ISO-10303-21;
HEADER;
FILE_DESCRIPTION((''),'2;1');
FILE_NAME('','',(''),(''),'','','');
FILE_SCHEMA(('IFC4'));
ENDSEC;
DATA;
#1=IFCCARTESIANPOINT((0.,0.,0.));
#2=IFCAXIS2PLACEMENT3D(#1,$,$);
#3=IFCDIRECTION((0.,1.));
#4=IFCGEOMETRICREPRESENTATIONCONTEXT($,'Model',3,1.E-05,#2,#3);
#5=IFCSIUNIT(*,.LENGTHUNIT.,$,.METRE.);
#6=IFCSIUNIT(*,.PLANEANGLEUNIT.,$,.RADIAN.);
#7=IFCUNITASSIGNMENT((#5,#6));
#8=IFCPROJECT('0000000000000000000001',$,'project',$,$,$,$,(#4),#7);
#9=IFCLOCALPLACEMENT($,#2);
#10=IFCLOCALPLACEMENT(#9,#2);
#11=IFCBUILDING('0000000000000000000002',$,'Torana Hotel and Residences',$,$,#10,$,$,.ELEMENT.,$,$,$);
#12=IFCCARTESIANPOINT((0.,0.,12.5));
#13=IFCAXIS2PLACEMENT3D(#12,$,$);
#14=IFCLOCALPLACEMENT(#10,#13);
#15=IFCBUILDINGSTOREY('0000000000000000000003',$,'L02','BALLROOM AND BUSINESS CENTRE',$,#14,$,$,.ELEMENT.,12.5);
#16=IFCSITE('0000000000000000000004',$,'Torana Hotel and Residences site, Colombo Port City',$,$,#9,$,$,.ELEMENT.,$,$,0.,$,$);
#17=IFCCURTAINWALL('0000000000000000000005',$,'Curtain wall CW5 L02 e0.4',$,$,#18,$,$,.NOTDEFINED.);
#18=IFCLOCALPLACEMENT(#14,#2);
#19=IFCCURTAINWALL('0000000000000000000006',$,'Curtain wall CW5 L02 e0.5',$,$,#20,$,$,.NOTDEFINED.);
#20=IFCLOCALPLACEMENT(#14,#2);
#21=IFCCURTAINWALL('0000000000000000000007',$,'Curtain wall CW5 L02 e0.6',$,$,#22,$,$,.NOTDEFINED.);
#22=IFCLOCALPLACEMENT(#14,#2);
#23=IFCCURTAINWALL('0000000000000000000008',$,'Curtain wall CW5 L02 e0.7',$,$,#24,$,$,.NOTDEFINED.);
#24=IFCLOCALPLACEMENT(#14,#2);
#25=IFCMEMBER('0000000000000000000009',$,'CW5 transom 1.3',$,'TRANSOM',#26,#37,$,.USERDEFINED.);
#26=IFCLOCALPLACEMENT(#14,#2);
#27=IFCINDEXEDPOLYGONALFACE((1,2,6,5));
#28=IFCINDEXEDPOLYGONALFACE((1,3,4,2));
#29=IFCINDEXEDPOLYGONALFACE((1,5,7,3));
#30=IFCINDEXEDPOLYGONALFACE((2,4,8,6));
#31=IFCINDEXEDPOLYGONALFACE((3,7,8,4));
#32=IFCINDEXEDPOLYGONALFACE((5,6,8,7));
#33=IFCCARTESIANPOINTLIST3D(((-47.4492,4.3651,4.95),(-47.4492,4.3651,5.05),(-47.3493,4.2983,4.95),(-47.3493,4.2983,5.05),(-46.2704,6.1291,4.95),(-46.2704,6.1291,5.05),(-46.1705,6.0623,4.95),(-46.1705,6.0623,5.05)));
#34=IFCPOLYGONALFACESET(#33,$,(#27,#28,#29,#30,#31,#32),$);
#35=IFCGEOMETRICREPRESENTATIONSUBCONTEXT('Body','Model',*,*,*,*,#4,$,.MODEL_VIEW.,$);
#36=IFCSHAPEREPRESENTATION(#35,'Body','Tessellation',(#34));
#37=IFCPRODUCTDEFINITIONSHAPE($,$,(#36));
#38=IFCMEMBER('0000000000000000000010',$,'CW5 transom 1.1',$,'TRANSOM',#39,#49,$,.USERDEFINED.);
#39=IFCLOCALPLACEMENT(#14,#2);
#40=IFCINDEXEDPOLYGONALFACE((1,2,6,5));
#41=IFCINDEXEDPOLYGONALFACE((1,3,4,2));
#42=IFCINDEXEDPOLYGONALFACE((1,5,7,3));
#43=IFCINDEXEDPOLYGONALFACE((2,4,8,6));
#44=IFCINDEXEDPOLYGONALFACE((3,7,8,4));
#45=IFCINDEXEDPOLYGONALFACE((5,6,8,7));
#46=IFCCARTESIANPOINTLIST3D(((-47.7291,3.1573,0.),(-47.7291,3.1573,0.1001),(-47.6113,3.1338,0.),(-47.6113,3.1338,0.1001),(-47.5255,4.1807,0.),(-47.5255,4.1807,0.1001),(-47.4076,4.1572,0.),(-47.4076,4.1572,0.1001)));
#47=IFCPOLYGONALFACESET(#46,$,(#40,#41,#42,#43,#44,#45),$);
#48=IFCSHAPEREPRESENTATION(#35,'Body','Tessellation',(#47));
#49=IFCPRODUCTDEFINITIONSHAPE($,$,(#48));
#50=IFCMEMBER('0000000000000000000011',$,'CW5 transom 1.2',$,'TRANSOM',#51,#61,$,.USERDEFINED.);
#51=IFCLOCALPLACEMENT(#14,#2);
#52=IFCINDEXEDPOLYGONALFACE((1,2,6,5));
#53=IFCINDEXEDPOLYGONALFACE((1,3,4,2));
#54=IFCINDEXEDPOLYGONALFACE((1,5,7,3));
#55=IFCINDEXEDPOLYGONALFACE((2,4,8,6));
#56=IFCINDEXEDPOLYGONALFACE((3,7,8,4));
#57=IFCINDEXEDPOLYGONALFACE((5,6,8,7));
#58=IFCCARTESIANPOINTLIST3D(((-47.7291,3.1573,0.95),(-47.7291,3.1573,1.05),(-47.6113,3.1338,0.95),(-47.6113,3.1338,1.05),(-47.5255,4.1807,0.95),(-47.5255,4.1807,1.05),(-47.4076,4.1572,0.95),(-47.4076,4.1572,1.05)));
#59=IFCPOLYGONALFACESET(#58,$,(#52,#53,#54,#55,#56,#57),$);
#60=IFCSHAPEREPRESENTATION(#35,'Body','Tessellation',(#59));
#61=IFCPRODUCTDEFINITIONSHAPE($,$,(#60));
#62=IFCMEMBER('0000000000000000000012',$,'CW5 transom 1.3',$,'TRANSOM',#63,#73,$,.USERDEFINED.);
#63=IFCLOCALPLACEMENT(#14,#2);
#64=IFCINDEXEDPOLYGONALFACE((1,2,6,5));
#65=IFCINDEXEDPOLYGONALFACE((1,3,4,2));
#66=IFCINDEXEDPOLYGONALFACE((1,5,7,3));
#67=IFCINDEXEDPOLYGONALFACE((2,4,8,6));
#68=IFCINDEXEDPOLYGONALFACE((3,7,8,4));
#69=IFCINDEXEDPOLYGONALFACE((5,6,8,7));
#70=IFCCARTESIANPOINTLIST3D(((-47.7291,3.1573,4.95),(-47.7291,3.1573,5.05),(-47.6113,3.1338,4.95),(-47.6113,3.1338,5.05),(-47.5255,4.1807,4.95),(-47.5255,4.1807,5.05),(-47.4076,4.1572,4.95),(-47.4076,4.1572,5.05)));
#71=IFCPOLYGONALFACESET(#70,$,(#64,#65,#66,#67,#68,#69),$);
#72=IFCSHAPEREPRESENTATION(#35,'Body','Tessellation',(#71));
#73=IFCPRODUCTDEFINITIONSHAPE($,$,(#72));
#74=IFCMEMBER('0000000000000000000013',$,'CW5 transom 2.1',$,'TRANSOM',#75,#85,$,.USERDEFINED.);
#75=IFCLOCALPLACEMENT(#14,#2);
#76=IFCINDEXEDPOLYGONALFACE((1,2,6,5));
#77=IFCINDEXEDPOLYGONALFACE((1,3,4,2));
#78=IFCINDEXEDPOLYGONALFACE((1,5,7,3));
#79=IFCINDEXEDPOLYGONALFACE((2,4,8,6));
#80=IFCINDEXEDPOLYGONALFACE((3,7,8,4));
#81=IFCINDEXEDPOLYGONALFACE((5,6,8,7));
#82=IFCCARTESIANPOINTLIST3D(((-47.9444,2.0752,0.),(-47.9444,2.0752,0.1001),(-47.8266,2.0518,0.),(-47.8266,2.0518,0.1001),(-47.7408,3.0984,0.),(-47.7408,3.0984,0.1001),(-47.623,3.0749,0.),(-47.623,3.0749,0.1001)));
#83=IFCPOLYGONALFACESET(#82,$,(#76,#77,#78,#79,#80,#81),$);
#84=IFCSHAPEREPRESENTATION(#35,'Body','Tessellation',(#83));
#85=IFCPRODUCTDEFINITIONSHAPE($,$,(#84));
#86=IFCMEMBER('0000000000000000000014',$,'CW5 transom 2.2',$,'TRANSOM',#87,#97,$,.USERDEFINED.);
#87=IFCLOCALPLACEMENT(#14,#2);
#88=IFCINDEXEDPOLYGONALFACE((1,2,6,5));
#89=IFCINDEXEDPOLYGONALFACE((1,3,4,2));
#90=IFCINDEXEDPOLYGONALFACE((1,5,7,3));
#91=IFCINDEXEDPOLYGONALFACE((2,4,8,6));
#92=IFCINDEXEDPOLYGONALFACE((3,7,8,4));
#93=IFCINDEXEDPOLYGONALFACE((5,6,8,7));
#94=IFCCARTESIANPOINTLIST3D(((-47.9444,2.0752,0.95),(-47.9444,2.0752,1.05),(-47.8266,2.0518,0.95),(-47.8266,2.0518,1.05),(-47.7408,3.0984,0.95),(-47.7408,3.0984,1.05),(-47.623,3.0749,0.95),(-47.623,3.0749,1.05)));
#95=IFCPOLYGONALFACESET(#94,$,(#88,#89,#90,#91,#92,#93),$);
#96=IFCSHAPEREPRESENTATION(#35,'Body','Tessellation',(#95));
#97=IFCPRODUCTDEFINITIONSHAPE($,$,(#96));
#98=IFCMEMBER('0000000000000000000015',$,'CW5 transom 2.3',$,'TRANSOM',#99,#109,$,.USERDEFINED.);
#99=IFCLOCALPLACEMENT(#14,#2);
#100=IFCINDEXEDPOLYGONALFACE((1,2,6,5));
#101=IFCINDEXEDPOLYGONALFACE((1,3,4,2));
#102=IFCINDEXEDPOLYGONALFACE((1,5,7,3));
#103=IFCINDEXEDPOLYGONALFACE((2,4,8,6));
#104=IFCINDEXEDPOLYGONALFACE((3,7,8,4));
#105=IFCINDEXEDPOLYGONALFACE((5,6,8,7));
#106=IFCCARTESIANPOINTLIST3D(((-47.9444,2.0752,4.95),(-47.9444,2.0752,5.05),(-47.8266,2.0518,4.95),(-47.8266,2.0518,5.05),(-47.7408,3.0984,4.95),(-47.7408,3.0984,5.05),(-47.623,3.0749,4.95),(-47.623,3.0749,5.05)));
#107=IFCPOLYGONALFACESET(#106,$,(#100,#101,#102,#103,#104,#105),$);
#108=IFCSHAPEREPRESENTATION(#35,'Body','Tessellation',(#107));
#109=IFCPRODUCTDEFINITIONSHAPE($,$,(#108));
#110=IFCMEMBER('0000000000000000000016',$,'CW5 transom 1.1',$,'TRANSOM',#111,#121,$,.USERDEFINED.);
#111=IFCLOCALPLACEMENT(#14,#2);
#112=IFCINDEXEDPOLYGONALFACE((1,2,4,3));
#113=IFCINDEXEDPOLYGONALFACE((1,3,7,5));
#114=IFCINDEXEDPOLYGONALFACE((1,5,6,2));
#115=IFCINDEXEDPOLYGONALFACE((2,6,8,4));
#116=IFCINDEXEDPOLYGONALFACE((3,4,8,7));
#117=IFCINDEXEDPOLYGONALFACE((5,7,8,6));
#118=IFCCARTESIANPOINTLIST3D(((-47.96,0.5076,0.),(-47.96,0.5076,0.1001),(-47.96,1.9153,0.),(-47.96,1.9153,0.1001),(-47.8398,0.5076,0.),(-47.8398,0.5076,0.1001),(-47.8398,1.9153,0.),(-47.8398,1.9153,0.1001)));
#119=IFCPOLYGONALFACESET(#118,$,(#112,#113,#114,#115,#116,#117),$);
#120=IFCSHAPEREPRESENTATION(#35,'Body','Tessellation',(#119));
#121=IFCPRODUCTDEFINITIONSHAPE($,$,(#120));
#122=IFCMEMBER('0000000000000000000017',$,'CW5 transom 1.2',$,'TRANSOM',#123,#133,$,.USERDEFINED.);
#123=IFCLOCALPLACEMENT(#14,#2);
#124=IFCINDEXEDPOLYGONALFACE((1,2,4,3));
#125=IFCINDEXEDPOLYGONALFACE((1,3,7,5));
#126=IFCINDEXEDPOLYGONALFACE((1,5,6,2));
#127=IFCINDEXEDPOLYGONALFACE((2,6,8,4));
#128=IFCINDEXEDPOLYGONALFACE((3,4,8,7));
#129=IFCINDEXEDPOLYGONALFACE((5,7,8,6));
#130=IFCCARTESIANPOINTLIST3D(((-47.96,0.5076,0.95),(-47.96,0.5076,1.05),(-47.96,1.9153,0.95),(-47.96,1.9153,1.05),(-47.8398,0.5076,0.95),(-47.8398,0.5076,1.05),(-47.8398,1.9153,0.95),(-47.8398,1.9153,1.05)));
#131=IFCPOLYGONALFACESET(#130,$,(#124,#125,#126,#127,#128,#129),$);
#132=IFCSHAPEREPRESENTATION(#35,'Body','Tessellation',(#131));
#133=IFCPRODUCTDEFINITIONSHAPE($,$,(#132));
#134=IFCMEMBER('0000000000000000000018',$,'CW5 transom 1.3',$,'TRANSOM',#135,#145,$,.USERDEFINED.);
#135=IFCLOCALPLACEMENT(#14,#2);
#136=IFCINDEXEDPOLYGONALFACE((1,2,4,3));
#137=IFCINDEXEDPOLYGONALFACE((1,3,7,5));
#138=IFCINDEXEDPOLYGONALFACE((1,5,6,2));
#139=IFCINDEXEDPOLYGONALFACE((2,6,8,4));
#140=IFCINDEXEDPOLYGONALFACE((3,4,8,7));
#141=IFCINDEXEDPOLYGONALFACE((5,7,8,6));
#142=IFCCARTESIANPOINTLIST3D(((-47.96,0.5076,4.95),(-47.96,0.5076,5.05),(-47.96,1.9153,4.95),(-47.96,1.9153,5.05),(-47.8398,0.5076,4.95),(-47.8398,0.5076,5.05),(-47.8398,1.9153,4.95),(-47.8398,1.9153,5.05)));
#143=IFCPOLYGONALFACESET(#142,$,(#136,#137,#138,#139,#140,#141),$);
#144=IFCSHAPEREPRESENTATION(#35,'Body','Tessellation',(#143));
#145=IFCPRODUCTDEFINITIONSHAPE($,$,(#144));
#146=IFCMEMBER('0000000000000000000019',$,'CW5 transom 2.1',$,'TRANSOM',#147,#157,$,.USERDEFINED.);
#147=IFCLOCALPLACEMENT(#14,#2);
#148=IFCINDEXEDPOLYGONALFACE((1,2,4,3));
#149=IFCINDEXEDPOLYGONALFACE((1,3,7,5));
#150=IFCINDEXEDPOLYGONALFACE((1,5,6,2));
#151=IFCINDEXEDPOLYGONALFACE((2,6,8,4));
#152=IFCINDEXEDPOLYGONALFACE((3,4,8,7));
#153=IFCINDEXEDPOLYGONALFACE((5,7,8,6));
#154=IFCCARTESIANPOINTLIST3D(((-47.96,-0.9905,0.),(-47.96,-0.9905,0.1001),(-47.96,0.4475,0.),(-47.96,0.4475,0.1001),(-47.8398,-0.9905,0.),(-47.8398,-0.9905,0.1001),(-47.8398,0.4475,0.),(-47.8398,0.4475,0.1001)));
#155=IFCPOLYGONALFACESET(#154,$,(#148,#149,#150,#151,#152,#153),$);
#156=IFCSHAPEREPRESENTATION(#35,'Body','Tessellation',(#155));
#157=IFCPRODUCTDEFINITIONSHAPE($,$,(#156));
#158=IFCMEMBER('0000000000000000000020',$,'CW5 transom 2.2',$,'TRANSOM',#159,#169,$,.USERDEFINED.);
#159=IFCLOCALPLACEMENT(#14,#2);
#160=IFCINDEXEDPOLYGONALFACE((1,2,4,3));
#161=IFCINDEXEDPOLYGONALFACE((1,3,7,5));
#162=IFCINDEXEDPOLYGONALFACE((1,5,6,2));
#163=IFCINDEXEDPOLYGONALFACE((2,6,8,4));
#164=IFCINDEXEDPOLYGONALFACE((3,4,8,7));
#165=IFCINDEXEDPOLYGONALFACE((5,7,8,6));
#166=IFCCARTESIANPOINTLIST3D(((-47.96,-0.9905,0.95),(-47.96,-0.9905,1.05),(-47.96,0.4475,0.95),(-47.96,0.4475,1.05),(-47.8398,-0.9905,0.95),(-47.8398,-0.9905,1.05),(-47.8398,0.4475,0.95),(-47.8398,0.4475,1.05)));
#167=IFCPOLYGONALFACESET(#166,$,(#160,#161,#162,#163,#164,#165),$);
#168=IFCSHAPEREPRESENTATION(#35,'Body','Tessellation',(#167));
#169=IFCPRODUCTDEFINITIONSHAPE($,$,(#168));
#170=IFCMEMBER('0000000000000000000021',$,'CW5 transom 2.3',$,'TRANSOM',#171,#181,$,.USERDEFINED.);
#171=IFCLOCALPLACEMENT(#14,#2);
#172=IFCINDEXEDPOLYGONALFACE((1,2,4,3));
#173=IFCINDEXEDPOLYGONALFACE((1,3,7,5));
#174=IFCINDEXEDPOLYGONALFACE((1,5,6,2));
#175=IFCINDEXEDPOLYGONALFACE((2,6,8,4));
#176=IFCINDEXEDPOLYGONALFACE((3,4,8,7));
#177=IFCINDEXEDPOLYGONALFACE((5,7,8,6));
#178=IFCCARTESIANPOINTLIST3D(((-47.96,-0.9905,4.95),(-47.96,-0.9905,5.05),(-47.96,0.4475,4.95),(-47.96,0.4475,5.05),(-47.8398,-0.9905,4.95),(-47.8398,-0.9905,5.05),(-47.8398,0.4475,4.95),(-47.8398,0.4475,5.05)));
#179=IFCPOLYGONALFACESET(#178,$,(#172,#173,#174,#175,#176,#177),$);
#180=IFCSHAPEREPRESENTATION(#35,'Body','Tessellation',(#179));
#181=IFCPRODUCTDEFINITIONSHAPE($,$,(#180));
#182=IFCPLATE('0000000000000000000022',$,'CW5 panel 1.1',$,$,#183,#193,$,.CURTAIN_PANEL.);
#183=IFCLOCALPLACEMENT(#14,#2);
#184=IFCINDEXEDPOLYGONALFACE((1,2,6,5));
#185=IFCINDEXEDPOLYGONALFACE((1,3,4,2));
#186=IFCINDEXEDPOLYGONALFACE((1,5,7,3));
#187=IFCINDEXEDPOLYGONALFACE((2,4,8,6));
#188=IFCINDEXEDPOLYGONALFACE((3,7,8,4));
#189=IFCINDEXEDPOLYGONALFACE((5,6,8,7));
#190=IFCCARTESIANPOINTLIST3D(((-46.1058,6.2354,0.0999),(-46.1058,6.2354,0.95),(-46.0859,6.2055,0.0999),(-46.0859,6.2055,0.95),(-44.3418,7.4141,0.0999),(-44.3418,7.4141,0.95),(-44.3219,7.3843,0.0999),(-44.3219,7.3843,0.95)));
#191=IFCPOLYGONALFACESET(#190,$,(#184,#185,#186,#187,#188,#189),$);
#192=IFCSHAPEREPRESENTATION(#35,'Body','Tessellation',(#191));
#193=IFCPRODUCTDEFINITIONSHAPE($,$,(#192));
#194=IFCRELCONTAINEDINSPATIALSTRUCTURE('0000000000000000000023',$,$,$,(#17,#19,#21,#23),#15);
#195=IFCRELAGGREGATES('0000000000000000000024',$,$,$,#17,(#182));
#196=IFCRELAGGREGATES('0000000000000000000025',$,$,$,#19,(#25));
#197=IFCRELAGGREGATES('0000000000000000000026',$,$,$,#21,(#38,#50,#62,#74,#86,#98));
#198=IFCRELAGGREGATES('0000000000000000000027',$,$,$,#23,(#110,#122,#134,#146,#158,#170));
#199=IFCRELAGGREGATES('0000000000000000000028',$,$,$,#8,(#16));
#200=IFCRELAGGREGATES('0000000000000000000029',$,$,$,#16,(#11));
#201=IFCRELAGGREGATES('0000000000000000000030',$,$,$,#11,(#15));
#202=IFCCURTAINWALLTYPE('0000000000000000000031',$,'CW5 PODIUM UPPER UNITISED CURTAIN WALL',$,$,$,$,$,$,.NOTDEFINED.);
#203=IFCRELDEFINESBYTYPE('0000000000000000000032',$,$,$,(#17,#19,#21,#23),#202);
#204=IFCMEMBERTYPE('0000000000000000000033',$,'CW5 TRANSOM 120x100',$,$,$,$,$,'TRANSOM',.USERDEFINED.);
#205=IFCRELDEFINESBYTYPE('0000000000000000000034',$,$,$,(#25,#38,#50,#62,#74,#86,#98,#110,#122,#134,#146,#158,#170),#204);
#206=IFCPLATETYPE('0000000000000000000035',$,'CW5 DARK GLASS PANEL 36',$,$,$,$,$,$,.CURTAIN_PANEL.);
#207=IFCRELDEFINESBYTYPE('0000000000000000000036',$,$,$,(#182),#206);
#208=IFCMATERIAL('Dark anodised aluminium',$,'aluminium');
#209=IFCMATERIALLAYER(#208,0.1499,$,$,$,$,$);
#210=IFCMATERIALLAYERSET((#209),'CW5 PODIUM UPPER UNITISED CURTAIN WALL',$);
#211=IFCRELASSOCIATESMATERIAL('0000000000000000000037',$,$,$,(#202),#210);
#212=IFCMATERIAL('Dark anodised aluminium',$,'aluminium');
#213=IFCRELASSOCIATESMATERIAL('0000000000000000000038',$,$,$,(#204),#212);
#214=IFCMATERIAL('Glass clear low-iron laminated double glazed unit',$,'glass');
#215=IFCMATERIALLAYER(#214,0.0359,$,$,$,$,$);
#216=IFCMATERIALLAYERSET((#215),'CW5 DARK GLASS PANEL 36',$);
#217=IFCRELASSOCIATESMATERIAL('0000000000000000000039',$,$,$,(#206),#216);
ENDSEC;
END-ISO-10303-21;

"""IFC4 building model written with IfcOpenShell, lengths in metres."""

from ifc_helpers import new_model, si_unit, direction, frame, origin, origin_2d, place, context, subcontext, project, spatial, rectangle, extrude, material, layer, layer_set, material_profile, profile_set, type_object, element, aggregate, save


model = new_model("IFC4")

# Units and contexts
model_context = context("Model", 3, precision=1e-05, world=origin(), true_north=direction((0.0, 1.0)))
body_context = subcontext(model_context, "Body", "Model", "MODEL_VIEW")
ifc_project = project(units=[si_unit("LENGTHUNIT", "METRE"), si_unit("PLANEANGLEUNIT", "RADIAN")], contexts=[model_context])

# Site, building, storey
site_placement = place(None, origin())
site = spatial("IfcSite", under=ifc_project, at=site_placement, Name="Torana Hotel and Residences site, Colombo Port City", CompositionType="ELEMENT", RefElevation=0.0)
building_placement = place(site_placement, origin())
building = spatial("IfcBuilding", under=site, at=building_placement, Name="Torana Hotel and Residences", CompositionType="ELEMENT")
storey_placement = place(building_placement, frame((0.0, 0.0, 12.5)))
storey = spatial("IfcBuildingStorey", under=building, at=storey_placement, Name="L02", Description="BALLROOM AND BUSINESS CENTRE", CompositionType="ELEMENT", Elevation=12.5)

# Curtain wall
ifc_material_1 = material(Name="Dark anodised aluminium", Category="aluminium")
ifc_layer_1 = layer(ifc_material_1, 0.1499)
ifc_layer_set_1 = layer_set([ifc_layer_1], Name="CW5 PODIUM UPPER UNITISED CURTAIN WALL")
curtain_wall_type = type_object("IfcCurtainWallType", Name="CW5 PODIUM UPPER UNITISED CURTAIN WALL", PredefinedType="NOTDEFINED", material=ifc_layer_set_1)
curtain_wall_1_placement = place(storey_placement, origin())
curtain_wall_1 = element("IfcCurtainWall", 1, at=curtain_wall_1_placement, inside=storey, type_object=curtain_wall_type, Name="Curtain wall CW5 L02 e0.4", PredefinedType="NOTDEFINED")

# Curtain walls
curtain_wall_2_placement = place(storey_placement, origin())
curtain_wall_2 = element("IfcCurtainWall", 2, at=curtain_wall_2_placement, inside=storey, type_object=curtain_wall_type, Name="Curtain wall CW5 L02 e0.5", PredefinedType="NOTDEFINED")
curtain_wall_3_placement = place(storey_placement, origin())
curtain_wall_3 = element("IfcCurtainWall", 3, at=curtain_wall_3_placement, inside=storey, type_object=curtain_wall_type, Name="Curtain wall CW5 L02 e0.6", PredefinedType="NOTDEFINED")
curtain_wall_4_placement = place(storey_placement, origin())
curtain_wall_4 = element("IfcCurtainWall", 4, at=curtain_wall_4_placement, inside=storey, type_object=curtain_wall_type, Name="Curtain wall CW5 L02 e0.7", PredefinedType="NOTDEFINED")

# Members
ifc_material_2 = material(Name="Dark anodised aluminium", Category="aluminium")
ifc_material_profile_1 = material_profile(ifc_material_2, rectangle(XDim=0.1201, YDim=0.1001, at=origin_2d()), Name="CW5 TRANSOM 120x100")
ifc_profile_set_1 = profile_set([ifc_material_profile_1], Name="Dark anodised aluminium")
member_type_1 = type_object("IfcMemberType", Name="CW5 TRANSOM 120x100", ElementType="TRANSOM", PredefinedType="USERDEFINED", material=ifc_profile_set_1)
member_1_placement = place(storey_placement, frame((-46.2205, 6.0957, 5.0), z_axis=(-0.555603, -0.831448, 0.0), x_axis=(0.831448, -0.555603, 0.0)))
member_1 = element("IfcMember", 5, at=member_1_placement, type_object=member_type_1, Name="CW5 transom 1.3", ObjectType="TRANSOM", PredefinedType="USERDEFINED", context=body_context, shape_type="SweptSolid", body=[
    extrude(rectangle(XDim=0.1201, YDim=0.1001, at=origin_2d()), origin(), (0.0, 0.0, 1.0), 2.1216),
])
member_2_placement = place(storey_placement, frame((-47.4666, 4.1689, 0.05), z_axis=(-0.195126, -0.980778, 0.0), x_axis=(0.980778, -0.195126, 0.0)))
member_2 = element("IfcMember", 6, at=member_2_placement, type_object=member_type_1, Name="CW5 transom 1.1", ObjectType="TRANSOM", PredefinedType="USERDEFINED", context=body_context, shape_type="SweptSolid", body=[
    extrude(rectangle(XDim=0.1201, YDim=0.1001, at=origin_2d()), origin(), (0.0, 0.0, 1.0), 1.0435),
])
member_3_placement = place(storey_placement, frame((-47.4666, 4.1689, 1.0), z_axis=(-0.195126, -0.980778, 0.0), x_axis=(0.980778, -0.195126, 0.0)))
member_3 = element("IfcMember", 7, at=member_3_placement, type_object=member_type_1, Name="CW5 transom 1.2", ObjectType="TRANSOM", PredefinedType="USERDEFINED", context=body_context, shape_type="SweptSolid", body=[
    extrude(rectangle(XDim=0.1201, YDim=0.1001, at=origin_2d()), origin(), (0.0, 0.0, 1.0), 1.0435),
])
member_4_placement = place(storey_placement, frame((-47.4666, 4.1689, 5.0), z_axis=(-0.195126, -0.980778, 0.0), x_axis=(0.980778, -0.195126, 0.0)))
member_4 = element("IfcMember", 8, at=member_4_placement, type_object=member_type_1, Name="CW5 transom 1.3", ObjectType="TRANSOM", PredefinedType="USERDEFINED", context=body_context, shape_type="SweptSolid", body=[
    extrude(rectangle(XDim=0.1201, YDim=0.1001, at=origin_2d()), origin(), (0.0, 0.0, 1.0), 1.0435),
])
member_5_placement = place(storey_placement, frame((-47.6819, 3.0867, 0.05), z_axis=(-0.195171, -0.980769, 0.0), x_axis=(0.980769, -0.195171, 0.0)))
member_5 = element("IfcMember", 9, at=member_5_placement, type_object=member_type_1, Name="CW5 transom 2.1", ObjectType="TRANSOM", PredefinedType="USERDEFINED", context=body_context, shape_type="SweptSolid", body=[
    extrude(rectangle(XDim=0.1201, YDim=0.1001, at=origin_2d()), origin(), (0.0, 0.0, 1.0), 1.0432),
])
member_6_placement = place(storey_placement, frame((-47.6819, 3.0867, 1.0), z_axis=(-0.195171, -0.980769, 0.0), x_axis=(0.980769, -0.195171, 0.0)))
member_6 = element("IfcMember", 10, at=member_6_placement, type_object=member_type_1, Name="CW5 transom 2.2", ObjectType="TRANSOM", PredefinedType="USERDEFINED", context=body_context, shape_type="SweptSolid", body=[
    extrude(rectangle(XDim=0.1201, YDim=0.1001, at=origin_2d()), origin(), (0.0, 0.0, 1.0), 1.0432),
])
member_7_placement = place(storey_placement, frame((-47.6819, 3.0867, 5.0), z_axis=(-0.195171, -0.980769, 0.0), x_axis=(0.980769, -0.195171, 0.0)))
member_7 = element("IfcMember", 11, at=member_7_placement, type_object=member_type_1, Name="CW5 transom 2.3", ObjectType="TRANSOM", PredefinedType="USERDEFINED", context=body_context, shape_type="SweptSolid", body=[
    extrude(rectangle(XDim=0.1201, YDim=0.1001, at=origin_2d()), origin(), (0.0, 0.0, 1.0), 1.0432),
])
member_8_placement = place(storey_placement, frame((-47.8999, 1.9153, 0.05), z_axis=(0.0, -1.0, 0.0), x_axis=(1.0, 0.0, 0.0)))
member_8 = element("IfcMember", 12, at=member_8_placement, type_object=member_type_1, Name="CW5 transom 1.1", ObjectType="TRANSOM", PredefinedType="USERDEFINED", context=body_context, shape_type="SweptSolid", body=[
    extrude(rectangle(XDim=0.1201, YDim=0.1001, at=origin_2d()), origin(), (0.0, 0.0, 1.0), 1.4077),
])
member_9_placement = place(storey_placement, frame((-47.8999, 1.9153, 1.0), z_axis=(0.0, -1.0, 0.0), x_axis=(1.0, 0.0, 0.0)))
member_9 = element("IfcMember", 13, at=member_9_placement, type_object=member_type_1, Name="CW5 transom 1.2", ObjectType="TRANSOM", PredefinedType="USERDEFINED", context=body_context, shape_type="SweptSolid", body=[
    extrude(rectangle(XDim=0.1201, YDim=0.1001, at=origin_2d()), origin(), (0.0, 0.0, 1.0), 1.4077),
])
member_10_placement = place(storey_placement, frame((-47.8999, 1.9153, 5.0), z_axis=(0.0, -1.0, 0.0), x_axis=(1.0, 0.0, 0.0)))
member_10 = element("IfcMember", 14, at=member_10_placement, type_object=member_type_1, Name="CW5 transom 1.3", ObjectType="TRANSOM", PredefinedType="USERDEFINED", context=body_context, shape_type="SweptSolid", body=[
    extrude(rectangle(XDim=0.1201, YDim=0.1001, at=origin_2d()), origin(), (0.0, 0.0, 1.0), 1.4077),
])
member_11_placement = place(storey_placement, frame((-47.8999, 0.4475, 0.05), z_axis=(0.0, -1.0, 0.0), x_axis=(1.0, 0.0, 0.0)))
member_11 = element("IfcMember", 15, at=member_11_placement, type_object=member_type_1, Name="CW5 transom 2.1", ObjectType="TRANSOM", PredefinedType="USERDEFINED", context=body_context, shape_type="SweptSolid", body=[
    extrude(rectangle(XDim=0.1201, YDim=0.1001, at=origin_2d()), origin(), (0.0, 0.0, 1.0), 1.438),
])
member_12_placement = place(storey_placement, frame((-47.8999, 0.4475, 1.0), z_axis=(0.0, -1.0, 0.0), x_axis=(1.0, 0.0, 0.0)))
member_12 = element("IfcMember", 16, at=member_12_placement, type_object=member_type_1, Name="CW5 transom 2.2", ObjectType="TRANSOM", PredefinedType="USERDEFINED", context=body_context, shape_type="SweptSolid", body=[
    extrude(rectangle(XDim=0.1201, YDim=0.1001, at=origin_2d()), origin(), (0.0, 0.0, 1.0), 1.438),
])
member_13_placement = place(storey_placement, frame((-47.8999, 0.4475, 5.0), z_axis=(0.0, -1.0, 0.0), x_axis=(1.0, 0.0, 0.0)))
member_13 = element("IfcMember", 17, at=member_13_placement, type_object=member_type_1, Name="CW5 transom 2.3", ObjectType="TRANSOM", PredefinedType="USERDEFINED", context=body_context, shape_type="SweptSolid", body=[
    extrude(rectangle(XDim=0.1201, YDim=0.1001, at=origin_2d()), origin(), (0.0, 0.0, 1.0), 1.438),
])

# Plate
ifc_material_3 = material(Name="Glass clear low-iron laminated double glazed unit", Category="glass")
ifc_layer_2 = layer(ifc_material_3, 0.0359)
ifc_layer_set_2 = layer_set([ifc_layer_2], Name="CW5 DARK GLASS PANEL 36")
plate_type = type_object("IfcPlateType", Name="CW5 DARK GLASS PANEL 36", PredefinedType="CURTAIN_PANEL", material=ifc_layer_set_2)
plate_1_placement = place(storey_placement, frame((-45.2139, 6.8098, 0.0999), z_axis=(0.0, 0.0, 1.0), x_axis=(-0.83146, -0.555585, 0.0)))
plate_1 = element("IfcPlate", 18, at=plate_1_placement, type_object=plate_type, Name="CW5 panel 1.1", PredefinedType="CURTAIN_PANEL", context=body_context, shape_type="SweptSolid", body=[
    extrude(rectangle(XDim=2.1216, YDim=0.0359, at=origin_2d()), origin(), (0.0, 0.0, 1.0), 0.8501),
])
aggregate(curtain_wall_1, [plate_1])
aggregate(curtain_wall_2, [member_1])
aggregate(curtain_wall_3, [member_2, member_3, member_4, member_5, member_6, member_7])
aggregate(curtain_wall_4, [member_8, member_9, member_10, member_11, member_12, member_13])

save(model, "model.ifc")
